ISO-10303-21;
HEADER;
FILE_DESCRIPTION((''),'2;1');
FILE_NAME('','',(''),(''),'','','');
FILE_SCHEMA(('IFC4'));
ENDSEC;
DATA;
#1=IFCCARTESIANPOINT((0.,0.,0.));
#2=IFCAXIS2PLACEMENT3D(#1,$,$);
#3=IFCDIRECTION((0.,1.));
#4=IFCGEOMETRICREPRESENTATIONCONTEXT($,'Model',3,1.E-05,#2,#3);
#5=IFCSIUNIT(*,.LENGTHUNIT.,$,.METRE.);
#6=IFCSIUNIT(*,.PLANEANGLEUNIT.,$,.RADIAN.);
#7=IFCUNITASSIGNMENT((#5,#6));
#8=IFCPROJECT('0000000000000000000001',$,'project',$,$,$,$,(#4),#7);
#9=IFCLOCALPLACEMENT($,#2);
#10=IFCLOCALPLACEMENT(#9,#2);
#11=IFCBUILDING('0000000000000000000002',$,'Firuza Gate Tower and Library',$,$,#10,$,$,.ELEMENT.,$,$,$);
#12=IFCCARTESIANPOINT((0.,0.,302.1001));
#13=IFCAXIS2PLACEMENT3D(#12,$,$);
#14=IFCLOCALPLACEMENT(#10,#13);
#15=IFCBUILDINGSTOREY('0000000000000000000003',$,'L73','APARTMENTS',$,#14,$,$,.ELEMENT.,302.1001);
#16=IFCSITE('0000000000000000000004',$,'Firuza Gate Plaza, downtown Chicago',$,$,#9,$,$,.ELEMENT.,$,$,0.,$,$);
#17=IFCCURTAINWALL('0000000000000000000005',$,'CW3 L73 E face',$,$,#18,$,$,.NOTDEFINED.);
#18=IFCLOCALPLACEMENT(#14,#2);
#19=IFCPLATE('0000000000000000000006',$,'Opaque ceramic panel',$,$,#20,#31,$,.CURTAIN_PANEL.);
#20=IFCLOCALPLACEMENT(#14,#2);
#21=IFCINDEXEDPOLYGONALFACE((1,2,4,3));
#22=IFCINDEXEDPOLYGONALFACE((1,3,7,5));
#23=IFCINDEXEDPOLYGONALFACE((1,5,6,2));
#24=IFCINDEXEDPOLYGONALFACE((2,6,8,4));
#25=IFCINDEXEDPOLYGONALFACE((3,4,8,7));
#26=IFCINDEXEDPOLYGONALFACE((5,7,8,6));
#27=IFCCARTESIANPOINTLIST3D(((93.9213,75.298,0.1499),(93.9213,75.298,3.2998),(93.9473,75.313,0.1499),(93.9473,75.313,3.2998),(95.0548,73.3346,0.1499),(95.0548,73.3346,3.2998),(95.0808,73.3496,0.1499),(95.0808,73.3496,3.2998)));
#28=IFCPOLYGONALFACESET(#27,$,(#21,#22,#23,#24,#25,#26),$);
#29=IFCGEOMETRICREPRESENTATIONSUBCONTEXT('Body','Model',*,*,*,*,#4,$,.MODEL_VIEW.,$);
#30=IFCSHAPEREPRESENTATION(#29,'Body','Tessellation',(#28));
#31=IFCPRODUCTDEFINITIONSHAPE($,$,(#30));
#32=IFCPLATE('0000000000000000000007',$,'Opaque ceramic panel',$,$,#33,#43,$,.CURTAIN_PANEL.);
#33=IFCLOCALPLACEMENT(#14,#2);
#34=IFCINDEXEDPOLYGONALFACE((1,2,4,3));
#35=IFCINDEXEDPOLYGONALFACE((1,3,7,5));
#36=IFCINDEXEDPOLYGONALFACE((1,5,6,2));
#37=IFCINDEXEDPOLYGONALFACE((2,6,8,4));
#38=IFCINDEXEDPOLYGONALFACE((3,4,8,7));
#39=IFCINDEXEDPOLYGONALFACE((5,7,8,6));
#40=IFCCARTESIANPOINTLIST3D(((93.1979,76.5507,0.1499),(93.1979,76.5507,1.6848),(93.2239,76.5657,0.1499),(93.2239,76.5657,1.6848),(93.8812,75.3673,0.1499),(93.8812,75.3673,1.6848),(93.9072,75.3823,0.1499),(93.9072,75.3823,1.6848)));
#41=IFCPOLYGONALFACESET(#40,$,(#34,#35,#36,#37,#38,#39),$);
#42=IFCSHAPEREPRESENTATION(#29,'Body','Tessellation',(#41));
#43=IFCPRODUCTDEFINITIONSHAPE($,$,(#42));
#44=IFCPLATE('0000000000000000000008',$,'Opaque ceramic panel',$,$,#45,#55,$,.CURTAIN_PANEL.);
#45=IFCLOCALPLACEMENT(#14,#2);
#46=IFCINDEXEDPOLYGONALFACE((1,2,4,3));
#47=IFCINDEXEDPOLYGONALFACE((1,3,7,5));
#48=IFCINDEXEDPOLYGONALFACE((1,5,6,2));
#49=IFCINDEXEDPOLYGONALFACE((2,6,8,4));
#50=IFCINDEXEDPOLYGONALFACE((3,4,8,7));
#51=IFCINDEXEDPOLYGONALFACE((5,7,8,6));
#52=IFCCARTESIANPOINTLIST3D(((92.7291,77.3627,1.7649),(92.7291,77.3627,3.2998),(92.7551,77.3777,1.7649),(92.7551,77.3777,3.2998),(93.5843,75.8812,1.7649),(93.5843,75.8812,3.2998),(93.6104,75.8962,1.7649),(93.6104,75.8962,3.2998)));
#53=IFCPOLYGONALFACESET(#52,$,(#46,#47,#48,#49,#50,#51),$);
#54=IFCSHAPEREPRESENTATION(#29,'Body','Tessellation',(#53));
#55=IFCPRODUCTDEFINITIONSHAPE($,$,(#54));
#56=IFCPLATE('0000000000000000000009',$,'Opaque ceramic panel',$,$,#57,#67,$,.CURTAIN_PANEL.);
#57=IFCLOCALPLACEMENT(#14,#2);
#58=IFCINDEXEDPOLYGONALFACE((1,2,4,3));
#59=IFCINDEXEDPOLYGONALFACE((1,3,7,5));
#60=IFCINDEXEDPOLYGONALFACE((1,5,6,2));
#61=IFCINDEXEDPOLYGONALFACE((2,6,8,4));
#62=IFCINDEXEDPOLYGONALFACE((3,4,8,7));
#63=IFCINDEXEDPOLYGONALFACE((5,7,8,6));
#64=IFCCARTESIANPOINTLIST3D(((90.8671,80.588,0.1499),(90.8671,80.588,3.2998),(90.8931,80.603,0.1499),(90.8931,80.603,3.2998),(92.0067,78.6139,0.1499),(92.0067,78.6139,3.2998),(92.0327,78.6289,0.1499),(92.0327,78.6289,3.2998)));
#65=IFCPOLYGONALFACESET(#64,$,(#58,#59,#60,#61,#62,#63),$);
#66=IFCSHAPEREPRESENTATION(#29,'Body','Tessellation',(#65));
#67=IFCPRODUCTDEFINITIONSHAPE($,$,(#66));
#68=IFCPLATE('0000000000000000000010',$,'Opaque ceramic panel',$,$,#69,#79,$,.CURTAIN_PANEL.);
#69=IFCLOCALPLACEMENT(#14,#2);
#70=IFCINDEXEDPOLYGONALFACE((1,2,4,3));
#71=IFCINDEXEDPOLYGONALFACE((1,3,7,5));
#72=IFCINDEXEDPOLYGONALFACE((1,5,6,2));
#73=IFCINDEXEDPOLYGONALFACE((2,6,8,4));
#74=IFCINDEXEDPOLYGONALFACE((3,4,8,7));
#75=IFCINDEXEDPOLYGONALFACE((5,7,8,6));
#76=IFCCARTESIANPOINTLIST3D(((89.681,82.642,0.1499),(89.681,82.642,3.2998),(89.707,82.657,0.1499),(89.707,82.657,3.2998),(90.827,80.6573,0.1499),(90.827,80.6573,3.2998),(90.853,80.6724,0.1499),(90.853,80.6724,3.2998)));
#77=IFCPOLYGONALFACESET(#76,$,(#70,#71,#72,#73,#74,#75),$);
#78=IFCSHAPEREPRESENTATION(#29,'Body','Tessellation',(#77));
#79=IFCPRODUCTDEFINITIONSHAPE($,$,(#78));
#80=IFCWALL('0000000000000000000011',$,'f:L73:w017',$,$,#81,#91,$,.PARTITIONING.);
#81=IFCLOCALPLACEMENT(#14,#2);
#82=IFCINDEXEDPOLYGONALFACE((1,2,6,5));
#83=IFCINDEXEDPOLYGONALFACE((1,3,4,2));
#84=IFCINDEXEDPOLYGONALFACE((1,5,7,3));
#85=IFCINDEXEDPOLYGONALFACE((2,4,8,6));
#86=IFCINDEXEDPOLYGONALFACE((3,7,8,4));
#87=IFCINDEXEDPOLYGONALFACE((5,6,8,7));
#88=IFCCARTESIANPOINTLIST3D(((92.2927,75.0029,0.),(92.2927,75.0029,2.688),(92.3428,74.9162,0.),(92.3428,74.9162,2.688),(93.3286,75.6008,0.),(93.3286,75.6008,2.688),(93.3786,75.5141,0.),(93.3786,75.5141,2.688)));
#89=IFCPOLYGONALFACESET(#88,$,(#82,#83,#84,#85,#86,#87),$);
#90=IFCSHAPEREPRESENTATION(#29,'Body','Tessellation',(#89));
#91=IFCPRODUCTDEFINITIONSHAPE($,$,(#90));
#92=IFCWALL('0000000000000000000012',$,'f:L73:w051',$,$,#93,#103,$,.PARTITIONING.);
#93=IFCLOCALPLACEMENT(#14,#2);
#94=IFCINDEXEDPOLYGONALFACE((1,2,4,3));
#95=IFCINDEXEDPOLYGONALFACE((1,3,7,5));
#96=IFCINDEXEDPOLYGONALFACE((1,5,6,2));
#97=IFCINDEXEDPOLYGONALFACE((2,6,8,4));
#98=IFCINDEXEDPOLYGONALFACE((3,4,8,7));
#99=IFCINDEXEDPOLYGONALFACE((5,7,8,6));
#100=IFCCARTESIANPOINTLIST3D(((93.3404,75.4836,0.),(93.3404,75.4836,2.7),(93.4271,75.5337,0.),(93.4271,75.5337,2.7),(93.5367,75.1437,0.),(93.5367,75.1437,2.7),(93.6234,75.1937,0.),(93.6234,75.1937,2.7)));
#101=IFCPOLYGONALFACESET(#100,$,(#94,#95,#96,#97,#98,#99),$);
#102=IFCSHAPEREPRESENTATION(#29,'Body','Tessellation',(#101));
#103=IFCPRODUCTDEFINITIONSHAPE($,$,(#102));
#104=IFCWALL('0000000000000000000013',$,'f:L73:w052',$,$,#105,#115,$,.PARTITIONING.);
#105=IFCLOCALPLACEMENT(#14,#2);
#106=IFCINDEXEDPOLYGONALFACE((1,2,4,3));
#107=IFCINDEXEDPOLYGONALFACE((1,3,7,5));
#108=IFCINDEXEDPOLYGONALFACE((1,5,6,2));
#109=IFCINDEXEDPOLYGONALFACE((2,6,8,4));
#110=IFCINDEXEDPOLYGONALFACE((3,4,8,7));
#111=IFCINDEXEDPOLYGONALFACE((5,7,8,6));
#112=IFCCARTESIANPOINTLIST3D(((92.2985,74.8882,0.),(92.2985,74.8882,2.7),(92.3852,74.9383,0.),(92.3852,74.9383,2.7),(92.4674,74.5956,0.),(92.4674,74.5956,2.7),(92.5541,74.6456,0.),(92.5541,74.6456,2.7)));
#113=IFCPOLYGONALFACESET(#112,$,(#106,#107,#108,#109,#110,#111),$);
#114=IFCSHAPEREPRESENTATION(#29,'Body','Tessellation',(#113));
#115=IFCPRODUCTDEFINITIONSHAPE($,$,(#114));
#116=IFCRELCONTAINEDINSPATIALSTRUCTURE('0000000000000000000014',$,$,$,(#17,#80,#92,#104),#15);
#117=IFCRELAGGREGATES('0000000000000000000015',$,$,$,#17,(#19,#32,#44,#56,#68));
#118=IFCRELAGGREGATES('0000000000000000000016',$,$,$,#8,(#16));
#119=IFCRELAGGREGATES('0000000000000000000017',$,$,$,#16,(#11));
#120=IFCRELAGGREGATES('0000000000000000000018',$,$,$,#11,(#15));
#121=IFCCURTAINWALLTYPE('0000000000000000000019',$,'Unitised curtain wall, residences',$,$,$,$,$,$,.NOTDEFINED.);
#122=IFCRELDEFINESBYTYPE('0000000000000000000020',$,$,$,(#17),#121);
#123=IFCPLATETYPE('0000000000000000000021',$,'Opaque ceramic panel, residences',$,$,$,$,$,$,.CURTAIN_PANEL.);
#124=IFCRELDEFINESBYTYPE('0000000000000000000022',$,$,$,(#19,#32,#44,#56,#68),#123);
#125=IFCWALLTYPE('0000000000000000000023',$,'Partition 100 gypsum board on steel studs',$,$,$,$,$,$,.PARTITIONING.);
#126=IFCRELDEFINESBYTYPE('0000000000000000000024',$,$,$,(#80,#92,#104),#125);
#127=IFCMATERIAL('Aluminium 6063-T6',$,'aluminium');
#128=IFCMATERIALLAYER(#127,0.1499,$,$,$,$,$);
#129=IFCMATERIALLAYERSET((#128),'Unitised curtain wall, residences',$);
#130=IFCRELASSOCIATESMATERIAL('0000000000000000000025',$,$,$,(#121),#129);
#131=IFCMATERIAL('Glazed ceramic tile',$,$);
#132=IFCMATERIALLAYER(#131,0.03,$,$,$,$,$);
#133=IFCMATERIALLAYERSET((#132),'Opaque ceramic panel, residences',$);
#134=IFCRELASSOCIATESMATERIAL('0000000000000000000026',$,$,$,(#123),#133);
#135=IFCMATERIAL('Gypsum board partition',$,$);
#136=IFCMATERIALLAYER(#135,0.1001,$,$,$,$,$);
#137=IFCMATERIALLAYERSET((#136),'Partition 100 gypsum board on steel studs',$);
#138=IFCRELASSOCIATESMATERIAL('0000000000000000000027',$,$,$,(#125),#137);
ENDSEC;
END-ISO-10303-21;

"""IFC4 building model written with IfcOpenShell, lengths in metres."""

from ifc_helpers import new_model, si_unit, direction, frame, frame_2d, origin, place, context, subcontext, project, spatial, polyline, rectangle, outline, extrude, material, layer, layer_set, type_object, element, aggregate, save


model = new_model("IFC4")

# Units and contexts
model_context = context("Model", 3, precision=1e-05, world=origin(), true_north=direction((0.0, 1.0)))
body_context = subcontext(model_context, "Body", "Model", "MODEL_VIEW")
ifc_project = project(units=[si_unit("LENGTHUNIT", "METRE"), si_unit("PLANEANGLEUNIT", "RADIAN")], contexts=[model_context])

# Site, building, storey
site_placement = place(None, origin())
site = spatial("IfcSite", under=ifc_project, at=site_placement, Name="Firuza Gate Plaza, downtown Chicago", CompositionType="ELEMENT", RefElevation=0.0)
building_placement = place(site_placement, origin())
building = spatial("IfcBuilding", under=site, at=building_placement, Name="Firuza Gate Tower and Library", CompositionType="ELEMENT")
storey_placement = place(building_placement, frame((0.0, 0.0, 302.1001)))
storey = spatial("IfcBuildingStorey", under=building, at=storey_placement, Name="L73", Description="APARTMENTS", CompositionType="ELEMENT", Elevation=302.1001)

# Curtain wall
ifc_material_1 = material(Name="Aluminium 6063-T6", Category="aluminium")
ifc_layer_1 = layer(ifc_material_1, 0.1499)
ifc_layer_set_1 = layer_set([ifc_layer_1], Name="Unitised curtain wall, residences")
curtain_wall_type = type_object("IfcCurtainWallType", Name="Unitised curtain wall, residences", PredefinedType="NOTDEFINED", material=ifc_layer_set_1)
curtain_wall_placement = place(storey_placement, origin())
curtain_wall = element("IfcCurtainWall", 1, at=curtain_wall_placement, inside=storey, type_object=curtain_wall_type, Name="CW3 L73 E face", PredefinedType="NOTDEFINED")

# Plates
ifc_material_2 = material(Name="Glazed ceramic tile")
ifc_layer_2 = layer(ifc_material_2, 0.03)
ifc_layer_set_2 = layer_set([ifc_layer_2], Name="Opaque ceramic panel, residences")
plate_type_1 = type_object("IfcPlateType", Name="Opaque ceramic panel, residences", PredefinedType="CURTAIN_PANEL", material=ifc_layer_set_2)
plate_1_placement = place(storey_placement, frame((95.0808, 73.3496, 0.1499), z_axis=(0.866028, 0.499996, 0.0), x_axis=(-0.499996, 0.866028, 0.0)))
plate_1 = element("IfcPlate", 2, at=plate_1_placement, type_object=plate_type_1, Name="Opaque ceramic panel", PredefinedType="CURTAIN_PANEL", context=body_context, shape_type="SweptSolid", body=[
    extrude(outline(polyline([(0.0, 0.0), (2.2671, 0.0), (2.2671, 3.1499), (0.0, 3.1499), (0.0, 0.0)])), origin(), (0.0, 0.0, -1.0), 0.03),
])
plate_2_placement = place(storey_placement, frame((93.9072, 75.3823, 0.1499), z_axis=(0.86598, 0.500078, 0.0), x_axis=(-0.500078, 0.86598, 0.0)))
plate_2 = element("IfcPlate", 3, at=plate_2_placement, type_object=plate_type_1, Name="Opaque ceramic panel", PredefinedType="CURTAIN_PANEL", context=body_context, shape_type="SweptSolid", body=[
    extrude(outline(polyline([(0.0, 0.0), (1.3665, 0.0), (1.3665, 1.5349), (0.0, 1.5349), (0.0, 0.0)])), origin(), (0.0, 0.0, -1.0), 0.03),
])
plate_3_placement = place(storey_placement, frame((93.6104, 75.8962, 1.7649), z_axis=(0.866048, 0.499961, 0.0), x_axis=(-0.499961, 0.866048, 0.0)))
plate_3 = element("IfcPlate", 4, at=plate_3_placement, type_object=plate_type_1, Name="Opaque ceramic panel", PredefinedType="CURTAIN_PANEL", context=body_context, shape_type="SweptSolid", body=[
    extrude(outline(polyline([(0.0, 0.0), (1.7106, 0.0), (1.7106, 1.5349), (0.0, 1.5349), (0.0, 0.0)])), origin(), (0.0, 0.0, -1.0), 0.03),
])
plate_4_placement = place(storey_placement, frame((92.0327, 78.6289, 0.1499), z_axis=(0.866046, 0.499964, 0.0), x_axis=(-0.499964, 0.866046, 0.0)))
plate_4 = element("IfcPlate", 5, at=plate_4_placement, type_object=plate_type_1, Name="Opaque ceramic panel", PredefinedType="CURTAIN_PANEL", context=body_context, shape_type="SweptSolid", body=[
    extrude(outline(polyline([(0.0, 0.0), (2.2795, 0.0), (2.2795, 3.1499), (0.0, 3.1499), (0.0, 0.0)])), origin(), (0.0, 0.0, -1.0), 0.03),
])
plate_5_placement = place(storey_placement, frame((90.853, 80.6724, 0.1499), z_axis=(0.865992, 0.500057, 0.0), x_axis=(-0.500057, 0.865992, 0.0)))
plate_5 = element("IfcPlate", 6, at=plate_5_placement, type_object=plate_type_1, Name="Opaque ceramic panel", PredefinedType="CURTAIN_PANEL", context=body_context, shape_type="SweptSolid", body=[
    extrude(outline(polyline([(0.0, 0.0), (2.2917, 0.0), (2.2917, 3.1499), (0.0, 3.1499), (0.0, 0.0)])), origin(), (0.0, 0.0, -1.0), 0.03),
])
aggregate(curtain_wall, [plate_1, plate_2, plate_3, plate_4, plate_5])

# Walls
ifc_material_3 = material(Name="Gypsum board partition")
ifc_layer_3 = layer(ifc_material_3, 0.1001)
ifc_layer_set_3 = layer_set([ifc_layer_3], Name="Partition 100 gypsum board on steel studs")
wall_type = type_object("IfcWallType", Name="Partition 100 gypsum board on steel studs", PredefinedType="PARTITIONING", material=ifc_layer_set_3)
wall_1_placement = place(storey_placement, frame((92.3176, 74.9595, 0.0), z_axis=(0.0, 0.0, 1.0), x_axis=(0.866087, 0.499893, 0.0)))
element("IfcWall", 7, at=wall_1_placement, inside=storey, type_object=wall_type, Name="f:L73:w017", PredefinedType="PARTITIONING", context=body_context, shape_type="SweptSolid", body=[
    extrude(rectangle(XDim=1.196, YDim=0.1001, at=frame_2d((0.5981, 0.0))), origin(), (0.0, 0.0, 1.0), 2.688),
])
wall_2_placement = place(storey_placement, frame((93.5801, 75.1687, 0.0), z_axis=(0.0, 0.0, 1.0), x_axis=(-0.500153, 0.865937, 0.0)))
element("IfcWall", 8, at=wall_2_placement, inside=storey, type_object=wall_type, Name="f:L73:w051", PredefinedType="PARTITIONING", context=body_context, shape_type="SweptSolid", body=[
    extrude(rectangle(XDim=0.3926, YDim=0.1001, at=frame_2d((0.1963, 0.0))), origin(), (0.0, 0.0, 1.0), 2.7),
])
wall_3_placement = place(storey_placement, frame((92.5107, 74.6206, 0.0), z_axis=(0.0, 0.0, 1.0), x_axis=(-0.499868, 0.866101, 0.0)))
element("IfcWall", 9, at=wall_3_placement, inside=storey, type_object=wall_type, Name="f:L73:w052", PredefinedType="PARTITIONING", context=body_context, shape_type="SweptSolid", body=[
    extrude(rectangle(XDim=0.3379, YDim=0.1001, at=frame_2d((0.1689, 0.0))), origin(), (0.0, 0.0, 1.0), 2.7),
])

save(model, "model.ifc")
